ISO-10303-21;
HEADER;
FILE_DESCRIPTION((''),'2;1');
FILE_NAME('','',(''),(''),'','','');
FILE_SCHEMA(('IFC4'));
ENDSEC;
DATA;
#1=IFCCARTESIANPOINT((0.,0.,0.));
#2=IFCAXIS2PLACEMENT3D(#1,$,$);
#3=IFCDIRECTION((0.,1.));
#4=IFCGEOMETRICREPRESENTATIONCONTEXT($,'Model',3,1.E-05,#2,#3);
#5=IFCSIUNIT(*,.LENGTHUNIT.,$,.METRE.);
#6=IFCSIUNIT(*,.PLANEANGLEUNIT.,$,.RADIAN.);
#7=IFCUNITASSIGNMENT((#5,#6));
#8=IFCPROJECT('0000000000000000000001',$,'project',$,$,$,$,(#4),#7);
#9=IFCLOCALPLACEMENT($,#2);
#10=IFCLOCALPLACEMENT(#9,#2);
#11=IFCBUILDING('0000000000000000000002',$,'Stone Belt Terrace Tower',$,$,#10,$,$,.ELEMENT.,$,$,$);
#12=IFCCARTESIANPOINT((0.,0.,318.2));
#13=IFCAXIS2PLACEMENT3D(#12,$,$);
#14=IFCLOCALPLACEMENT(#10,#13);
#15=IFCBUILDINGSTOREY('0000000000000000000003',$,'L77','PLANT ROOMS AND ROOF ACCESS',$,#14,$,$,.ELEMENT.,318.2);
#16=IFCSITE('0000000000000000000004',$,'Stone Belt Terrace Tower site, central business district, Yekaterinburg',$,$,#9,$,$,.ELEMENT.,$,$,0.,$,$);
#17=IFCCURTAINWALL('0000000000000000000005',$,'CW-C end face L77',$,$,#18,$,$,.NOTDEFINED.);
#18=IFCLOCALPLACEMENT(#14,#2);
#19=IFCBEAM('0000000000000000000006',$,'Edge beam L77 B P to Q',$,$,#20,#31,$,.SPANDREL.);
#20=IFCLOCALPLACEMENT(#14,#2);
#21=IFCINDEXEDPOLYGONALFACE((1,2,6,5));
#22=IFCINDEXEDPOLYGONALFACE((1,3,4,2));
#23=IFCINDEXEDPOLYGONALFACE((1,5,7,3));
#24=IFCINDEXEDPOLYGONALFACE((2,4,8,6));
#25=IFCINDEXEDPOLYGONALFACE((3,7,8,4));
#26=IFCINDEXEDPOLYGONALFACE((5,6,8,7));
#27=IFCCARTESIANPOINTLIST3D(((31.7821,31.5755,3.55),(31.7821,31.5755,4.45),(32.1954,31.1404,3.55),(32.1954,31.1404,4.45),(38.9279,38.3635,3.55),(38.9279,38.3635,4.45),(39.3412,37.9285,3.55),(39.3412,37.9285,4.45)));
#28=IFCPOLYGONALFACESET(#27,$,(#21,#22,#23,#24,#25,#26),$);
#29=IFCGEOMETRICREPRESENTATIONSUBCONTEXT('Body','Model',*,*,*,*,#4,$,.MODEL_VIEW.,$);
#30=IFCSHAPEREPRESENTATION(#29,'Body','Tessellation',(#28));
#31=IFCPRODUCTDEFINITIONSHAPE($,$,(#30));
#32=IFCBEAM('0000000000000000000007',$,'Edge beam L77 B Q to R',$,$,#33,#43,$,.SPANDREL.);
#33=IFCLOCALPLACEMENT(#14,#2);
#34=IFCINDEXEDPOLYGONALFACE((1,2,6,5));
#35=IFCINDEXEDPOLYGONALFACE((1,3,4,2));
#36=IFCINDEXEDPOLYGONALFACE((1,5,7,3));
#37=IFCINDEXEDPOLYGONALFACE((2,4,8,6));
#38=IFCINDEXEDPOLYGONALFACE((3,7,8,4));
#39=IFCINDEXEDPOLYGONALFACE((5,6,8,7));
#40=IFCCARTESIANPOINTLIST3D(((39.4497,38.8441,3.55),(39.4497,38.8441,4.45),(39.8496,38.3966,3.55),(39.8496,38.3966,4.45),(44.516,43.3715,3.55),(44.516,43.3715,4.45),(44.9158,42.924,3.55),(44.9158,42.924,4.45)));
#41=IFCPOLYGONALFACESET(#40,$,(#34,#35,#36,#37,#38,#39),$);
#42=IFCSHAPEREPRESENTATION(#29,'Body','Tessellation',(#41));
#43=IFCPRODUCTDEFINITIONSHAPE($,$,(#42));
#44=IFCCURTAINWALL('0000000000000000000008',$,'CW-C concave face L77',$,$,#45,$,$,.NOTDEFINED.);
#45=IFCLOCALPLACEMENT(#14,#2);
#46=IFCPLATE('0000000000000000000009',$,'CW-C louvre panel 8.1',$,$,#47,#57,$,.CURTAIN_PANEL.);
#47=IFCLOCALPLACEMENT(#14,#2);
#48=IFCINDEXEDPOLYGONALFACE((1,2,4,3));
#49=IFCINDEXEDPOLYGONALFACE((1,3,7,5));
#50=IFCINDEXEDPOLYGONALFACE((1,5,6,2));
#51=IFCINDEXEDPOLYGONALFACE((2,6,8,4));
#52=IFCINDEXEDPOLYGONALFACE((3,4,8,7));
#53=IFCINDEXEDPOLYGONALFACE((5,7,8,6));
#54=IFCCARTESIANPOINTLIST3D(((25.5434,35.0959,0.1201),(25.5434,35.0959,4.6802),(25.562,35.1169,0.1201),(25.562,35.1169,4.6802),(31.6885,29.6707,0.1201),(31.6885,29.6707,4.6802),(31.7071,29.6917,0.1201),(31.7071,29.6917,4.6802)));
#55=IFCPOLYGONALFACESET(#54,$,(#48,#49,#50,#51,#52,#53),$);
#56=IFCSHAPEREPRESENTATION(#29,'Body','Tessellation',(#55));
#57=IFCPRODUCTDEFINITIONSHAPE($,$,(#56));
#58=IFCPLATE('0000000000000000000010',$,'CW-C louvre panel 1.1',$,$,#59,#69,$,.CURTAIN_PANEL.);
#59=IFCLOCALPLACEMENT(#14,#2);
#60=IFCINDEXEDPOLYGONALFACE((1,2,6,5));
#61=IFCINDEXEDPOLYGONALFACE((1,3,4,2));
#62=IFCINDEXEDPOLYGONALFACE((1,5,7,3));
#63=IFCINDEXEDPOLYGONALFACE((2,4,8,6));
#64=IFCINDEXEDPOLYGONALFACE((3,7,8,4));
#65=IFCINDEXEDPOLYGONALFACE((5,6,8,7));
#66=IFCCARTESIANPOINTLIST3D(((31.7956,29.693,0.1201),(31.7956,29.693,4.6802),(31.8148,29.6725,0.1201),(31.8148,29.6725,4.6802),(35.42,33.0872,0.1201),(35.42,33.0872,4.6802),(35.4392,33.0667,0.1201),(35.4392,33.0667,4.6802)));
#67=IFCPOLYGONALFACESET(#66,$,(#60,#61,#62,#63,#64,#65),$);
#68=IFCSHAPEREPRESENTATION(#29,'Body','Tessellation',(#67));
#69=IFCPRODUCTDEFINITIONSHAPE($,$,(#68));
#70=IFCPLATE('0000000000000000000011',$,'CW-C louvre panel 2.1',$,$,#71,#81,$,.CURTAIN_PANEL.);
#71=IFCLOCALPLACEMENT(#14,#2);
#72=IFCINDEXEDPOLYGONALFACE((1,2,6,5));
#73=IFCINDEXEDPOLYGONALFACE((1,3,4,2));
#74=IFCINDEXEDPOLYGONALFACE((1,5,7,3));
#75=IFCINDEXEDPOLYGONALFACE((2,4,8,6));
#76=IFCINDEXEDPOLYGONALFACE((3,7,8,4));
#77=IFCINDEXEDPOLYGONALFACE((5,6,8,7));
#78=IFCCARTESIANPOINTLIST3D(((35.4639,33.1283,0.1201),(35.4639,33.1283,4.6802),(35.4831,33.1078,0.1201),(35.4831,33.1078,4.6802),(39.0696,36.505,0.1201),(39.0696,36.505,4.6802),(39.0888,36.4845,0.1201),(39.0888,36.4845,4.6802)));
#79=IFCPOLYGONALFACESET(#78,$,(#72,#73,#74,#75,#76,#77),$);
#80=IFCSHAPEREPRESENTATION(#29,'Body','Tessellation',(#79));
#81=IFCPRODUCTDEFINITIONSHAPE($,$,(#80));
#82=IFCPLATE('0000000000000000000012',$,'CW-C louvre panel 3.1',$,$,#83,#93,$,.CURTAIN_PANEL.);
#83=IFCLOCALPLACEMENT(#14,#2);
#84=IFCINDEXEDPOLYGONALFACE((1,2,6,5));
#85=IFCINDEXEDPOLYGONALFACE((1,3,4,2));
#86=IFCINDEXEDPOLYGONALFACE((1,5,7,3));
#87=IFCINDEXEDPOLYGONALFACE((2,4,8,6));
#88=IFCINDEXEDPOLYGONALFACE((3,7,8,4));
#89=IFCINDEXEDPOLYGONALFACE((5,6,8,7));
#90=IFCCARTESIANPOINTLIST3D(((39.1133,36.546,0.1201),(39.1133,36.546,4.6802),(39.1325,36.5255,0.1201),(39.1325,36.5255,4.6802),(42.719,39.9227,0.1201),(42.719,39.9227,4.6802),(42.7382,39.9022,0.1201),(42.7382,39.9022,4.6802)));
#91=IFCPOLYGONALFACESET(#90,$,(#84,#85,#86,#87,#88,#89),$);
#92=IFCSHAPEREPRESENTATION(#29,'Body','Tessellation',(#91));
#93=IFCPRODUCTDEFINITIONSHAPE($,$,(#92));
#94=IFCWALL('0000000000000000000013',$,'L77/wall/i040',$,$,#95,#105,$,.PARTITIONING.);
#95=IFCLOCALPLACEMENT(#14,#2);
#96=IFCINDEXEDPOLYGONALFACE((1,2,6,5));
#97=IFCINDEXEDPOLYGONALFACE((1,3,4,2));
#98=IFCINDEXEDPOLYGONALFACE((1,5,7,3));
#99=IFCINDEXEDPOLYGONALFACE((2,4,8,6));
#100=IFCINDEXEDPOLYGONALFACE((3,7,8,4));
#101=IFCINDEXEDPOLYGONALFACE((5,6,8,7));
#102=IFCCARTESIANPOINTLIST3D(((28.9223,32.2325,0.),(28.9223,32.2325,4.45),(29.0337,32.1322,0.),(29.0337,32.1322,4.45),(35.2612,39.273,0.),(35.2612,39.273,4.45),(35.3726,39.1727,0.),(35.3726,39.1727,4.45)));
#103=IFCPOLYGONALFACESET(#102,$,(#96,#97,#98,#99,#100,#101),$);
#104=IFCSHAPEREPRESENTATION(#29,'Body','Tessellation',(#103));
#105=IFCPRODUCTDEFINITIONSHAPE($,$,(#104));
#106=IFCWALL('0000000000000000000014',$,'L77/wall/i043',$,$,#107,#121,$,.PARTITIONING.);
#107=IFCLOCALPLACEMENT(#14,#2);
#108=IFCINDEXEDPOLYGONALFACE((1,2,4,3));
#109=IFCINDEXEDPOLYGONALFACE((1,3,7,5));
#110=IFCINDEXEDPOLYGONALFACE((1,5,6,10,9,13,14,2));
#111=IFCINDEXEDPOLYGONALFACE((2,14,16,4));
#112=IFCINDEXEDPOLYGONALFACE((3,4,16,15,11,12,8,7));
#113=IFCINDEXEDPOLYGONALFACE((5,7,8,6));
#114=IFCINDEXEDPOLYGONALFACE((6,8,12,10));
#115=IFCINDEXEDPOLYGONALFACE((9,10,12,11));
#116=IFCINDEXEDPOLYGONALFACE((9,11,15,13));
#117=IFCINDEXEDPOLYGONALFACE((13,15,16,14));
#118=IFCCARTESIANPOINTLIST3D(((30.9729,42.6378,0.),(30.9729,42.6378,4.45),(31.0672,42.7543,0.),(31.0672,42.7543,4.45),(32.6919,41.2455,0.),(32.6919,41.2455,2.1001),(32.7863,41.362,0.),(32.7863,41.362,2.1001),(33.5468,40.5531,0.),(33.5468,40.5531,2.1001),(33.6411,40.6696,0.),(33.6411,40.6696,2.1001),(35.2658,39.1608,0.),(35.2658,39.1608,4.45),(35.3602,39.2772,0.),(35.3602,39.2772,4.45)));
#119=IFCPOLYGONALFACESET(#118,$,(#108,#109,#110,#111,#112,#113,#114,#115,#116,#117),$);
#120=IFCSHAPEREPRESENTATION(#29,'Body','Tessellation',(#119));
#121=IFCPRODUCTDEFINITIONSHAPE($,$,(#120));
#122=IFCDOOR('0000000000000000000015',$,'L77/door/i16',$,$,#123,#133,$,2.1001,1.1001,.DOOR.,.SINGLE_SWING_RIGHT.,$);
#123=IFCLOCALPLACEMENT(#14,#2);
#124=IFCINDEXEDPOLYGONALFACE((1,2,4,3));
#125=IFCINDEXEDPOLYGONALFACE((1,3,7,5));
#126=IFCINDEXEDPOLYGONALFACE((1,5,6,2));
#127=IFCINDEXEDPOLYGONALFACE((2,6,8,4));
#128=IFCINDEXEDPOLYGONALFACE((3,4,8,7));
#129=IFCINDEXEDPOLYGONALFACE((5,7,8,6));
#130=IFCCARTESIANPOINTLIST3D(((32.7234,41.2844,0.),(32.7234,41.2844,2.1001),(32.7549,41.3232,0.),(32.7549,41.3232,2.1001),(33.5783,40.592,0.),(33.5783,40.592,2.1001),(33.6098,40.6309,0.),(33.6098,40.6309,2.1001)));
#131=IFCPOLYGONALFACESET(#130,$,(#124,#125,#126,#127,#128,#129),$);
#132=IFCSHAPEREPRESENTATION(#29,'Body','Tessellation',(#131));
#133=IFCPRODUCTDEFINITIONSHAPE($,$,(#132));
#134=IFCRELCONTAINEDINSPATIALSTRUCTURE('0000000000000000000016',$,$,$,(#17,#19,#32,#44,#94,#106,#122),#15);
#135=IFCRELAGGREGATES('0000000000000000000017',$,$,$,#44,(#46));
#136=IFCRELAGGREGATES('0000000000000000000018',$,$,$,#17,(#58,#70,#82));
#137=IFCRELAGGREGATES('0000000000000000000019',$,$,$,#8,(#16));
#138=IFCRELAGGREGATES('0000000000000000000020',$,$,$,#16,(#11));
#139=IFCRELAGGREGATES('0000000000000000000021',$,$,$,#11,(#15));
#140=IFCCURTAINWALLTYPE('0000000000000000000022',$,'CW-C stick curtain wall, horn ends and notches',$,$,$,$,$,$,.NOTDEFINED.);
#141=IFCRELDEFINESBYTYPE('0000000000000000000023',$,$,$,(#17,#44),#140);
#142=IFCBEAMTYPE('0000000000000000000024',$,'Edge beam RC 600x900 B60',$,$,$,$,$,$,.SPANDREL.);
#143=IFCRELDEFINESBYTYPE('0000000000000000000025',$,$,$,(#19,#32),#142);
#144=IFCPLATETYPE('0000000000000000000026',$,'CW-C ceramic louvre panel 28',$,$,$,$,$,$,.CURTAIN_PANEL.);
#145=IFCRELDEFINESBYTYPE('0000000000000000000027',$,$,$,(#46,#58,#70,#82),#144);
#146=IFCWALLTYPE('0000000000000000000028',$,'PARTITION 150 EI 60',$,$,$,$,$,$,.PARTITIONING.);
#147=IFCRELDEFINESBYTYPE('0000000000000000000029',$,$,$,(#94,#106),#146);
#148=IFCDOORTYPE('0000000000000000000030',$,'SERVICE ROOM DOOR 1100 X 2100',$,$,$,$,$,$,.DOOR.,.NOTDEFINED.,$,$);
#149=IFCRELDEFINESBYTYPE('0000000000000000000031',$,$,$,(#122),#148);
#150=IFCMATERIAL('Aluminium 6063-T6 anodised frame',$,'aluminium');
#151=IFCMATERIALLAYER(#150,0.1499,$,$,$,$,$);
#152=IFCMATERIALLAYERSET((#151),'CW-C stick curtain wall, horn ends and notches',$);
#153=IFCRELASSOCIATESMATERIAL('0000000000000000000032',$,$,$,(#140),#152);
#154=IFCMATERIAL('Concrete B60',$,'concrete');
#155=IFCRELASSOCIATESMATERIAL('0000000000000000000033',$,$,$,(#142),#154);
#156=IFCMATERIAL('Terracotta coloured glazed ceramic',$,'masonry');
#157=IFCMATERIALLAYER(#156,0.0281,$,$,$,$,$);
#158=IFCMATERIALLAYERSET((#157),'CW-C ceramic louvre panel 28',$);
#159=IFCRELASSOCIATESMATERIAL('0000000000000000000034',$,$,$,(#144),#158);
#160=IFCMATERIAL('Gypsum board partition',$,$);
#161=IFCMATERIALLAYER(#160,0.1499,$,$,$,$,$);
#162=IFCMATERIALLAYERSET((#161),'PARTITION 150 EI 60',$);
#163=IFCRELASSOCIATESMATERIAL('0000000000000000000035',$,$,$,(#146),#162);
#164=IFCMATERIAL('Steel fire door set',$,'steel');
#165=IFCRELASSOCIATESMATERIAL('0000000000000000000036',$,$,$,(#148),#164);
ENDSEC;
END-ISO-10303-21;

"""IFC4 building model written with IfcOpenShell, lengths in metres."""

from ifc_helpers import new_model, si_unit, direction, frame, frame_2d, origin, origin_2d, place, context, subcontext, project, spatial, rectangle, extrude, material, layer, layer_set, material_profile, profile_set, type_object, element, fill, aggregate, save


model = new_model("IFC4")

# Units and contexts
model_context = context("Model", 3, precision=1e-05, world=origin(), true_north=direction((0.0, 1.0)))
body_context = subcontext(model_context, "Body", "Model", "MODEL_VIEW")
ifc_project = project(units=[si_unit("LENGTHUNIT", "METRE"), si_unit("PLANEANGLEUNIT", "RADIAN")], contexts=[model_context])

# Site, building, storey
site_placement = place(None, origin())
site = spatial("IfcSite", under=ifc_project, at=site_placement, Name="Stone Belt Terrace Tower site, central business district, Yekaterinburg", CompositionType="ELEMENT", RefElevation=0.0)
building_placement = place(site_placement, origin())
building = spatial("IfcBuilding", under=site, at=building_placement, Name="Stone Belt Terrace Tower", CompositionType="ELEMENT")
storey_placement = place(building_placement, frame((0.0, 0.0, 318.2)))
storey = spatial("IfcBuildingStorey", under=building, at=storey_placement, Name="L77", Description="PLANT ROOMS AND ROOF ACCESS", CompositionType="ELEMENT", Elevation=318.2)

# Shared definitions
ifc_material_1 = material(Name="Concrete B60", Category="concrete")

# Curtain wall
ifc_material_2 = material(Name="Aluminium 6063-T6 anodised frame", Category="aluminium")
ifc_layer_1 = layer(ifc_material_2, 0.1499)
ifc_layer_set_1 = layer_set([ifc_layer_1], Name="CW-C stick curtain wall, horn ends and notches")
curtain_wall_type = type_object("IfcCurtainWallType", Name="CW-C stick curtain wall, horn ends and notches", PredefinedType="NOTDEFINED", material=ifc_layer_set_1)
curtain_wall_1_placement = place(storey_placement, origin())
curtain_wall_1 = element("IfcCurtainWall", 1, at=curtain_wall_1_placement, inside=storey, type_object=curtain_wall_type, Name="CW-C end face L77", PredefinedType="NOTDEFINED")

# Beams
ifc_material_profile_1 = material_profile(ifc_material_1, rectangle(XDim=0.6001, YDim=0.8999, at=origin_2d()), Name="RC 600x900")
ifc_profile_set_1 = profile_set([ifc_material_profile_1], Name="Concrete B60")
beam_type = type_object("IfcBeamType", Name="Edge beam RC 600x900 B60", PredefinedType="SPANDREL", material=ifc_profile_set_1)
beam_1_placement = place(storey_placement, frame((31.9888, 31.3579, 4.0), z_axis=(0.725019, 0.688729, 0.0), x_axis=(-0.688729, 0.725019, 0.0)))
element("IfcBeam", 2, at=beam_1_placement, inside=storey, type_object=beam_type, Name="Edge beam L77 B P to Q", PredefinedType="SPANDREL", context=body_context, shape_type="SweptSolid", body=[
    extrude(rectangle(XDim=0.6001, YDim=0.8999, at=origin_2d()), origin(), (0.0, 0.0, 1.0), 9.856),
])
beam_2_placement = place(storey_placement, frame((39.6497, 38.6204, 4.0), z_axis=(0.745646, 0.666342, 0.0), x_axis=(-0.666342, 0.745646, 0.0)))
element("IfcBeam", 3, at=beam_2_placement, inside=storey, type_object=beam_type, Name="Edge beam L77 B Q to R", PredefinedType="SPANDREL", context=body_context, shape_type="SweptSolid", body=[
    extrude(rectangle(XDim=0.6001, YDim=0.8999, at=origin_2d()), origin(), (0.0, 0.0, 1.0), 6.7944),
])

# Curtain wall, plate
curtain_wall_2_placement = place(storey_placement, origin())
curtain_wall_2 = element("IfcCurtainWall", 4, at=curtain_wall_2_placement, inside=storey, type_object=curtain_wall_type, Name="CW-C concave face L77", PredefinedType="NOTDEFINED")
ifc_material_3 = material(Name="Terracotta coloured glazed ceramic", Category="masonry")
ifc_layer_2 = layer(ifc_material_3, 0.0281)
ifc_layer_set_2 = layer_set([ifc_layer_2], Name="CW-C ceramic louvre panel 28")
plate_type = type_object("IfcPlateType", Name="CW-C ceramic louvre panel 28", PredefinedType="CURTAIN_PANEL", material=ifc_layer_set_2)
plate_1_placement = place(storey_placement, frame((28.6252, 32.3938, 0.1201), z_axis=(0.0, 0.0, 1.0), x_axis=(0.749659, -0.661825, 0.0)))
plate_1 = element("IfcPlate", 5, at=plate_1_placement, type_object=plate_type, Name="CW-C louvre panel 8.1", PredefinedType="CURTAIN_PANEL", context=body_context, shape_type="SweptSolid", body=[
    extrude(rectangle(XDim=8.1973, YDim=0.0281, at=origin_2d()), origin(), (0.0, 0.0, 1.0), 4.5601),
])
aggregate(curtain_wall_2, [plate_1])

# Plates
plate_2_placement = place(storey_placement, frame((33.6174, 31.3799, 0.1201), z_axis=(0.0, 0.0, 1.0), x_axis=(0.729904, 0.683549, 0.0)))
plate_2 = element("IfcPlate", 6, at=plate_2_placement, type_object=plate_type, Name="CW-C louvre panel 1.1", PredefinedType="CURTAIN_PANEL", context=body_context, shape_type="SweptSolid", body=[
    extrude(rectangle(XDim=4.9656, YDim=0.0281, at=origin_2d()), origin(), (0.0, 0.0, 1.0), 4.5601),
])
plate_3_placement = place(storey_placement, frame((37.2764, 34.8064, 0.1201), z_axis=(0.0, 0.0, 1.0), x_axis=(0.729904, 0.683549, 0.0)))
plate_3 = element("IfcPlate", 7, at=plate_3_placement, type_object=plate_type, Name="CW-C louvre panel 2.1", PredefinedType="CURTAIN_PANEL", context=body_context, shape_type="SweptSolid", body=[
    extrude(rectangle(XDim=4.9399, YDim=0.0281, at=origin_2d()), origin(), (0.0, 0.0, 1.0), 4.5601),
])
plate_4_placement = place(storey_placement, frame((40.9258, 38.2241, 0.1201), z_axis=(0.0, 0.0, 1.0), x_axis=(0.729904, 0.683549, 0.0)))
plate_4 = element("IfcPlate", 8, at=plate_4_placement, type_object=plate_type, Name="CW-C louvre panel 3.1", PredefinedType="CURTAIN_PANEL", context=body_context, shape_type="SweptSolid", body=[
    extrude(rectangle(XDim=4.9399, YDim=0.0281, at=origin_2d()), origin(), (0.0, 0.0, 1.0), 4.5601),
])
aggregate(curtain_wall_1, [plate_2, plate_3, plate_4])

# Wall
ifc_material_4 = material(Name="Gypsum board partition")
ifc_layer_3 = layer(ifc_material_4, 0.1499)
ifc_layer_set_3 = layer_set([ifc_layer_3], Name="PARTITION 150 EI 60")
wall_type = type_object("IfcWallType", Name="PARTITION 150 EI 60", PredefinedType="PARTITIONING", material=ifc_layer_set_3)
wall_1_placement = place(storey_placement, frame((28.978, 32.1824, 0.0), z_axis=(0.0, 0.0, 1.0), x_axis=(0.669104, 0.743169, 0.0)))
element("IfcWall", 9, at=wall_1_placement, inside=storey, type_object=wall_type, Name="L77/wall/i040", PredefinedType="PARTITIONING", context=body_context, shape_type="SweptSolid", body=[
    extrude(rectangle(XDim=9.4736, YDim=0.1499, at=frame_2d((4.7368, 0.0))), origin(), (0.0, 0.0, 1.0), 4.45),
])

# Wall, opening, door
wall_2_placement = place(storey_placement, frame((35.313, 39.219, 0.0), z_axis=(0.0, 0.0, 1.0), x_axis=(-0.777086, 0.629394, 0.0)))
wall_2 = element("IfcWall", 10, at=wall_2_placement, inside=storey, type_object=wall_type, Name="L77/wall/i043", PredefinedType="PARTITIONING", context=body_context, shape_type="SweptSolid", body=[
    extrude(rectangle(XDim=5.5244, YDim=0.1499, at=frame_2d((2.7622, 0.0))), origin(), (0.0, 0.0, 1.0), 4.45),
])
opening_placement = place(wall_2_placement, frame((2.2122, 0.0, 0.0)))
opening = element("IfcOpeningElement", 11, at=opening_placement, cuts=wall_2, PredefinedType="OPENING", context=body_context, shape_type="SweptSolid", body=[
    extrude(rectangle(XDim=1.1001, YDim=2.1001, at=frame_2d((0.55, 1.05))), frame((0.0, 0.085, 0.0), z_axis=(0.0, -1.0, 0.0), x_axis=(1.0, 0.0, 0.0)), (0.0, 0.0, 1.0), 0.1699),
])
ifc_material_5 = material(Name="Steel fire door set", Category="steel")
door_type = type_object("IfcDoorType", Name="SERVICE ROOM DOOR 1100 X 2100", OperationType="NOTDEFINED", PredefinedType="DOOR", material=ifc_material_5)
door_placement = place(opening_placement, origin())
door = element("IfcDoor", 12, at=door_placement, inside=storey, type_object=door_type, Name="L77/door/i16", OperationType="SINGLE_SWING_RIGHT", OverallHeight=2.1001, OverallWidth=1.1001, PredefinedType="DOOR", context=body_context, shape_type="SweptSolid", body=[
    extrude(rectangle(XDim=1.1001, YDim=2.1001, at=frame_2d((0.55, 1.05))), frame((0.0, 0.0249, 0.0), z_axis=(0.0, -1.0, 0.0), x_axis=(1.0, 0.0, 0.0)), (0.0, 0.0, 1.0), 0.05),
])
fill(opening, door)

save(model, "model.ifc")
